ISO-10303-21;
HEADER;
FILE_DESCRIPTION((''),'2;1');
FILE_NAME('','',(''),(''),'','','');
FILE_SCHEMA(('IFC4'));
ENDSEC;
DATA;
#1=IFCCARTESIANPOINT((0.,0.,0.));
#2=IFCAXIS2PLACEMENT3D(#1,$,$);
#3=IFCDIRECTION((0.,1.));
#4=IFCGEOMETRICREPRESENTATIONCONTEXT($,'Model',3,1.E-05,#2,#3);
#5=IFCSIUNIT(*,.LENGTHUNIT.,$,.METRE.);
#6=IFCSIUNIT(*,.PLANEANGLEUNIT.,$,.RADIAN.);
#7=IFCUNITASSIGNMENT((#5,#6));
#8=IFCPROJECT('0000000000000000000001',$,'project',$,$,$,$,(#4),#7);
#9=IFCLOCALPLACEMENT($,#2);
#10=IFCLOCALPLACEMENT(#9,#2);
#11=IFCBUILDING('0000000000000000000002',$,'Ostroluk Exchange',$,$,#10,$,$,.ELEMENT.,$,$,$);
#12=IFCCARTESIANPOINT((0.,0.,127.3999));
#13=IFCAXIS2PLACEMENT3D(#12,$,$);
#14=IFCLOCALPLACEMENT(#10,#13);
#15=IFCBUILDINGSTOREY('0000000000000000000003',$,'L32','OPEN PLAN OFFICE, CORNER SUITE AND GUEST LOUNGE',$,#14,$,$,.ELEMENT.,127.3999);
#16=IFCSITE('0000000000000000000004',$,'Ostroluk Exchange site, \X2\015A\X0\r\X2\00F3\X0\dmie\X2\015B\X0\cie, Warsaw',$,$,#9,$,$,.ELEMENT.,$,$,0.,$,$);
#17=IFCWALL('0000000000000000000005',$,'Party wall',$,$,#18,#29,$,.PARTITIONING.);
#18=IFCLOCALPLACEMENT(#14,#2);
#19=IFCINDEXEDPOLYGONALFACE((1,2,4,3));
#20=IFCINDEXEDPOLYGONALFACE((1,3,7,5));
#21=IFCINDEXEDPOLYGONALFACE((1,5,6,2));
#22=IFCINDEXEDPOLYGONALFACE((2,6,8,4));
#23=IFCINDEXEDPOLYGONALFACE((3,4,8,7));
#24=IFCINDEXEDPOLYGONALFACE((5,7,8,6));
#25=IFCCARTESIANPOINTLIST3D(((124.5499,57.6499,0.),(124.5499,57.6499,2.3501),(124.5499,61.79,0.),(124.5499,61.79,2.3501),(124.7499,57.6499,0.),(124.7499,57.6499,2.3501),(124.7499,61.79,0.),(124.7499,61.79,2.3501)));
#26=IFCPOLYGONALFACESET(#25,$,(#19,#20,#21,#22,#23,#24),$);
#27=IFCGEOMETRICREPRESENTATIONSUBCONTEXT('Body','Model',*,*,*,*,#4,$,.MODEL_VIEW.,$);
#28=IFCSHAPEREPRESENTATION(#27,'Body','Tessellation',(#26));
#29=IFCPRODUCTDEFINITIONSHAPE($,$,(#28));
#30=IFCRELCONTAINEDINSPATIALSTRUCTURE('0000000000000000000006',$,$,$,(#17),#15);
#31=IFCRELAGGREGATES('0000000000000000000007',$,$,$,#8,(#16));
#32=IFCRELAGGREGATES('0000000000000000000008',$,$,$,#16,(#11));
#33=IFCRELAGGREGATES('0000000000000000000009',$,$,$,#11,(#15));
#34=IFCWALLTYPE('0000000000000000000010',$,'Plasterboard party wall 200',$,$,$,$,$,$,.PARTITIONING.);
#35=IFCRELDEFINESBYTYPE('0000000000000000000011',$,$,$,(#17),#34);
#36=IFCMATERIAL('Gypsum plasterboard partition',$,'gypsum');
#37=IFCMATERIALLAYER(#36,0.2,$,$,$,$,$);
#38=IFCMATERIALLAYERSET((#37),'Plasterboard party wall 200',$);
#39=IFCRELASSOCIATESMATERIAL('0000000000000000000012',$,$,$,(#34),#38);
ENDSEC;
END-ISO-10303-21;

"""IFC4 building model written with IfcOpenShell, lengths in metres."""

from ifc_helpers import new_model, si_unit, direction, frame, frame_2d, origin, place, context, subcontext, project, spatial, rectangle, extrude, material, layer, layer_set, type_object, element, save


model = new_model("IFC4")

# Units and contexts
model_context = context("Model", 3, precision=1e-05, world=origin(), true_north=direction((0.0, 1.0)))
body_context = subcontext(model_context, "Body", "Model", "MODEL_VIEW")
ifc_project = project(units=[si_unit("LENGTHUNIT", "METRE"), si_unit("PLANEANGLEUNIT", "RADIAN")], contexts=[model_context])

# Site, building, storey
site_placement = place(None, origin())
site = spatial("IfcSite", under=ifc_project, at=site_placement, Name="Ostroluk Exchange site, Śródmieście, Warsaw", CompositionType="ELEMENT", RefElevation=0.0)
building_placement = place(site_placement, origin())
building = spatial("IfcBuilding", under=site, at=building_placement, Name="Ostroluk Exchange", CompositionType="ELEMENT")
storey_placement = place(building_placement, frame((0.0, 0.0, 127.3999)))
storey = spatial("IfcBuildingStorey", under=building, at=storey_placement, Name="L32", Description="OPEN PLAN OFFICE, CORNER SUITE AND GUEST LOUNGE", CompositionType="ELEMENT", Elevation=127.3999)

# Wall
ifc_material_1 = material(Name="Gypsum plasterboard partition", Category="gypsum")
ifc_layer_1 = layer(ifc_material_1, 0.2)
ifc_layer_set_1 = layer_set([ifc_layer_1], Name="Plasterboard party wall 200")
wall_type_1 = type_object("IfcWallType", Name="Plasterboard party wall 200", PredefinedType="PARTITIONING", material=ifc_layer_set_1)
wall_1_placement = place(storey_placement, frame((124.6499, 57.6499, 0.0), z_axis=(0.0, 0.0, 1.0), x_axis=(0.0, 1.0, 0.0)))
element("IfcWall", 1, at=wall_1_placement, inside=storey, type_object=wall_type_1, Name="Party wall", PredefinedType="PARTITIONING", context=body_context, shape_type="SweptSolid", body=[
    extrude(rectangle(XDim=4.1401, YDim=0.2, at=frame_2d((2.0701, 0.0))), origin(), (0.0, 0.0, 1.0), 2.3501),
])

save(model, "model.ifc")
